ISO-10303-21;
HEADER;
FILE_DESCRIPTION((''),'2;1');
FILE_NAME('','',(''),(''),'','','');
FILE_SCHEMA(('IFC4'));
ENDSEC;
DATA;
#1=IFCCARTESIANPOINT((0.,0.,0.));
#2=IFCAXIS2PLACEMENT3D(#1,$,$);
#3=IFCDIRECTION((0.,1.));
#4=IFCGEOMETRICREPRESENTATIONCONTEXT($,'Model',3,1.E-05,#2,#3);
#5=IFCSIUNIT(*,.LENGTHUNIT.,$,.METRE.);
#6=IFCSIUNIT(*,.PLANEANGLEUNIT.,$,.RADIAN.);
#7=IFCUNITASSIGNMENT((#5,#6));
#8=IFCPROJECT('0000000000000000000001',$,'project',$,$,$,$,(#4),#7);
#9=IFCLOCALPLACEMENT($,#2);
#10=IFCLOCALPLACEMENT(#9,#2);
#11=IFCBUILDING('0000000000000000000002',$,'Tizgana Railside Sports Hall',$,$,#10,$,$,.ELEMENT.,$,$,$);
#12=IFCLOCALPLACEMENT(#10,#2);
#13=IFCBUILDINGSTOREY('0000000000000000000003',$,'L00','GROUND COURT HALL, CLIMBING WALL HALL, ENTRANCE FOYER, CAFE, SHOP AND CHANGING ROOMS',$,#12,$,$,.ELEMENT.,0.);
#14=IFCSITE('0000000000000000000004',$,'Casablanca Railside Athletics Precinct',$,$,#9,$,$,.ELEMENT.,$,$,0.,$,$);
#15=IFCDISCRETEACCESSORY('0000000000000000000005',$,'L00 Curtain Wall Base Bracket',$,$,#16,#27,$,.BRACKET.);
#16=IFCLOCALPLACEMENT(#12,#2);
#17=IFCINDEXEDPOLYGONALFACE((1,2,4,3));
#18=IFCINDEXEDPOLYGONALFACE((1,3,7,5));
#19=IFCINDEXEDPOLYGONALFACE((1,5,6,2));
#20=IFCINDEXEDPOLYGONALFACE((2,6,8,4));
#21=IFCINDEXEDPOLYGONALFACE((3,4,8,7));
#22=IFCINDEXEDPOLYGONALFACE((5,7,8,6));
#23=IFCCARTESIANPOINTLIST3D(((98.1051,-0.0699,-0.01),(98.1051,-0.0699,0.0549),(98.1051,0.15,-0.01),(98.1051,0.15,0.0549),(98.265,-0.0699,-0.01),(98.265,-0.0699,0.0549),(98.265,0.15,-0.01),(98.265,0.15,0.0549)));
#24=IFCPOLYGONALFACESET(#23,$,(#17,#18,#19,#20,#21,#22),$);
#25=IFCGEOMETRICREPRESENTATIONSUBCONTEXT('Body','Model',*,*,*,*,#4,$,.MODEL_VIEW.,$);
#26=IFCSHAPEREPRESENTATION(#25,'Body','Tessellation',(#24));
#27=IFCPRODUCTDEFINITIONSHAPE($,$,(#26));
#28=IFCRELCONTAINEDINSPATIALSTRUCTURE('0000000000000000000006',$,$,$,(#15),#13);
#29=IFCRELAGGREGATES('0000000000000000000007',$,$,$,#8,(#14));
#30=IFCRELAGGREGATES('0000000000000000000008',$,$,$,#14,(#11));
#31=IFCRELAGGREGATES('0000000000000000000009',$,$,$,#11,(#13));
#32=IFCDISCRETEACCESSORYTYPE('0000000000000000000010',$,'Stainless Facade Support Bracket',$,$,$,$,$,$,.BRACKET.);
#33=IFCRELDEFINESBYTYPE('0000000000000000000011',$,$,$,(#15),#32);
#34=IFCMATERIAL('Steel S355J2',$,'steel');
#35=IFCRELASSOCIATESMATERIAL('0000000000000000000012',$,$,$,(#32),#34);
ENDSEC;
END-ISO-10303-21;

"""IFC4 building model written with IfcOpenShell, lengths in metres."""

from ifc_helpers import new_model, si_unit, direction, frame, origin, origin_2d, place, context, subcontext, project, spatial, rectangle, extrude, material, type_object, element, save


model = new_model("IFC4")

# Units and contexts
model_context = context("Model", 3, precision=1e-05, world=origin(), true_north=direction((0.0, 1.0)))
body_context = subcontext(model_context, "Body", "Model", "MODEL_VIEW")
ifc_project = project(units=[si_unit("LENGTHUNIT", "METRE"), si_unit("PLANEANGLEUNIT", "RADIAN")], contexts=[model_context])

# Site, building, storey
site_placement = place(None, origin())
site = spatial("IfcSite", under=ifc_project, at=site_placement, Name="Casablanca Railside Athletics Precinct", CompositionType="ELEMENT", RefElevation=0.0)
building_placement = place(site_placement, origin())
building = spatial("IfcBuilding", under=site, at=building_placement, Name="Tizgana Railside Sports Hall", CompositionType="ELEMENT")
storey_placement = place(building_placement, origin())
storey = spatial("IfcBuildingStorey", under=building, at=storey_placement, Name="L00", Description="GROUND COURT HALL, CLIMBING WALL HALL, ENTRANCE FOYER, CAFE, SHOP AND CHANGING ROOMS", CompositionType="ELEMENT", Elevation=0.0)

# Discrete accessory
ifc_material_1 = material(Name="Steel S355J2", Category="steel")
discrete_accessory_type = type_object("IfcDiscreteAccessoryType", Name="Stainless Facade Support Bracket", PredefinedType="BRACKET", material=ifc_material_1)
for number, where, z_axis, x_axis, name in (
    (1, (98.1851, 0.04, -0.01), (0.0, 0.0, 1.0), (-1.0, 0.0, 0.0), "L00 Curtain Wall Base Bracket"),
):
    element("IfcDiscreteAccessory", number, at=place(storey_placement, frame(where, z_axis=z_axis, x_axis=x_axis)), inside=storey, type_object=discrete_accessory_type, Name=name, PredefinedType="BRACKET", context=body_context, shape_type="SweptSolid", body=[
        extrude(rectangle(XDim=0.1599, YDim=0.22, at=origin_2d()), origin(), (0.0, 0.0, 1.0), 0.0649),
    ])

save(model, "model.ifc")
